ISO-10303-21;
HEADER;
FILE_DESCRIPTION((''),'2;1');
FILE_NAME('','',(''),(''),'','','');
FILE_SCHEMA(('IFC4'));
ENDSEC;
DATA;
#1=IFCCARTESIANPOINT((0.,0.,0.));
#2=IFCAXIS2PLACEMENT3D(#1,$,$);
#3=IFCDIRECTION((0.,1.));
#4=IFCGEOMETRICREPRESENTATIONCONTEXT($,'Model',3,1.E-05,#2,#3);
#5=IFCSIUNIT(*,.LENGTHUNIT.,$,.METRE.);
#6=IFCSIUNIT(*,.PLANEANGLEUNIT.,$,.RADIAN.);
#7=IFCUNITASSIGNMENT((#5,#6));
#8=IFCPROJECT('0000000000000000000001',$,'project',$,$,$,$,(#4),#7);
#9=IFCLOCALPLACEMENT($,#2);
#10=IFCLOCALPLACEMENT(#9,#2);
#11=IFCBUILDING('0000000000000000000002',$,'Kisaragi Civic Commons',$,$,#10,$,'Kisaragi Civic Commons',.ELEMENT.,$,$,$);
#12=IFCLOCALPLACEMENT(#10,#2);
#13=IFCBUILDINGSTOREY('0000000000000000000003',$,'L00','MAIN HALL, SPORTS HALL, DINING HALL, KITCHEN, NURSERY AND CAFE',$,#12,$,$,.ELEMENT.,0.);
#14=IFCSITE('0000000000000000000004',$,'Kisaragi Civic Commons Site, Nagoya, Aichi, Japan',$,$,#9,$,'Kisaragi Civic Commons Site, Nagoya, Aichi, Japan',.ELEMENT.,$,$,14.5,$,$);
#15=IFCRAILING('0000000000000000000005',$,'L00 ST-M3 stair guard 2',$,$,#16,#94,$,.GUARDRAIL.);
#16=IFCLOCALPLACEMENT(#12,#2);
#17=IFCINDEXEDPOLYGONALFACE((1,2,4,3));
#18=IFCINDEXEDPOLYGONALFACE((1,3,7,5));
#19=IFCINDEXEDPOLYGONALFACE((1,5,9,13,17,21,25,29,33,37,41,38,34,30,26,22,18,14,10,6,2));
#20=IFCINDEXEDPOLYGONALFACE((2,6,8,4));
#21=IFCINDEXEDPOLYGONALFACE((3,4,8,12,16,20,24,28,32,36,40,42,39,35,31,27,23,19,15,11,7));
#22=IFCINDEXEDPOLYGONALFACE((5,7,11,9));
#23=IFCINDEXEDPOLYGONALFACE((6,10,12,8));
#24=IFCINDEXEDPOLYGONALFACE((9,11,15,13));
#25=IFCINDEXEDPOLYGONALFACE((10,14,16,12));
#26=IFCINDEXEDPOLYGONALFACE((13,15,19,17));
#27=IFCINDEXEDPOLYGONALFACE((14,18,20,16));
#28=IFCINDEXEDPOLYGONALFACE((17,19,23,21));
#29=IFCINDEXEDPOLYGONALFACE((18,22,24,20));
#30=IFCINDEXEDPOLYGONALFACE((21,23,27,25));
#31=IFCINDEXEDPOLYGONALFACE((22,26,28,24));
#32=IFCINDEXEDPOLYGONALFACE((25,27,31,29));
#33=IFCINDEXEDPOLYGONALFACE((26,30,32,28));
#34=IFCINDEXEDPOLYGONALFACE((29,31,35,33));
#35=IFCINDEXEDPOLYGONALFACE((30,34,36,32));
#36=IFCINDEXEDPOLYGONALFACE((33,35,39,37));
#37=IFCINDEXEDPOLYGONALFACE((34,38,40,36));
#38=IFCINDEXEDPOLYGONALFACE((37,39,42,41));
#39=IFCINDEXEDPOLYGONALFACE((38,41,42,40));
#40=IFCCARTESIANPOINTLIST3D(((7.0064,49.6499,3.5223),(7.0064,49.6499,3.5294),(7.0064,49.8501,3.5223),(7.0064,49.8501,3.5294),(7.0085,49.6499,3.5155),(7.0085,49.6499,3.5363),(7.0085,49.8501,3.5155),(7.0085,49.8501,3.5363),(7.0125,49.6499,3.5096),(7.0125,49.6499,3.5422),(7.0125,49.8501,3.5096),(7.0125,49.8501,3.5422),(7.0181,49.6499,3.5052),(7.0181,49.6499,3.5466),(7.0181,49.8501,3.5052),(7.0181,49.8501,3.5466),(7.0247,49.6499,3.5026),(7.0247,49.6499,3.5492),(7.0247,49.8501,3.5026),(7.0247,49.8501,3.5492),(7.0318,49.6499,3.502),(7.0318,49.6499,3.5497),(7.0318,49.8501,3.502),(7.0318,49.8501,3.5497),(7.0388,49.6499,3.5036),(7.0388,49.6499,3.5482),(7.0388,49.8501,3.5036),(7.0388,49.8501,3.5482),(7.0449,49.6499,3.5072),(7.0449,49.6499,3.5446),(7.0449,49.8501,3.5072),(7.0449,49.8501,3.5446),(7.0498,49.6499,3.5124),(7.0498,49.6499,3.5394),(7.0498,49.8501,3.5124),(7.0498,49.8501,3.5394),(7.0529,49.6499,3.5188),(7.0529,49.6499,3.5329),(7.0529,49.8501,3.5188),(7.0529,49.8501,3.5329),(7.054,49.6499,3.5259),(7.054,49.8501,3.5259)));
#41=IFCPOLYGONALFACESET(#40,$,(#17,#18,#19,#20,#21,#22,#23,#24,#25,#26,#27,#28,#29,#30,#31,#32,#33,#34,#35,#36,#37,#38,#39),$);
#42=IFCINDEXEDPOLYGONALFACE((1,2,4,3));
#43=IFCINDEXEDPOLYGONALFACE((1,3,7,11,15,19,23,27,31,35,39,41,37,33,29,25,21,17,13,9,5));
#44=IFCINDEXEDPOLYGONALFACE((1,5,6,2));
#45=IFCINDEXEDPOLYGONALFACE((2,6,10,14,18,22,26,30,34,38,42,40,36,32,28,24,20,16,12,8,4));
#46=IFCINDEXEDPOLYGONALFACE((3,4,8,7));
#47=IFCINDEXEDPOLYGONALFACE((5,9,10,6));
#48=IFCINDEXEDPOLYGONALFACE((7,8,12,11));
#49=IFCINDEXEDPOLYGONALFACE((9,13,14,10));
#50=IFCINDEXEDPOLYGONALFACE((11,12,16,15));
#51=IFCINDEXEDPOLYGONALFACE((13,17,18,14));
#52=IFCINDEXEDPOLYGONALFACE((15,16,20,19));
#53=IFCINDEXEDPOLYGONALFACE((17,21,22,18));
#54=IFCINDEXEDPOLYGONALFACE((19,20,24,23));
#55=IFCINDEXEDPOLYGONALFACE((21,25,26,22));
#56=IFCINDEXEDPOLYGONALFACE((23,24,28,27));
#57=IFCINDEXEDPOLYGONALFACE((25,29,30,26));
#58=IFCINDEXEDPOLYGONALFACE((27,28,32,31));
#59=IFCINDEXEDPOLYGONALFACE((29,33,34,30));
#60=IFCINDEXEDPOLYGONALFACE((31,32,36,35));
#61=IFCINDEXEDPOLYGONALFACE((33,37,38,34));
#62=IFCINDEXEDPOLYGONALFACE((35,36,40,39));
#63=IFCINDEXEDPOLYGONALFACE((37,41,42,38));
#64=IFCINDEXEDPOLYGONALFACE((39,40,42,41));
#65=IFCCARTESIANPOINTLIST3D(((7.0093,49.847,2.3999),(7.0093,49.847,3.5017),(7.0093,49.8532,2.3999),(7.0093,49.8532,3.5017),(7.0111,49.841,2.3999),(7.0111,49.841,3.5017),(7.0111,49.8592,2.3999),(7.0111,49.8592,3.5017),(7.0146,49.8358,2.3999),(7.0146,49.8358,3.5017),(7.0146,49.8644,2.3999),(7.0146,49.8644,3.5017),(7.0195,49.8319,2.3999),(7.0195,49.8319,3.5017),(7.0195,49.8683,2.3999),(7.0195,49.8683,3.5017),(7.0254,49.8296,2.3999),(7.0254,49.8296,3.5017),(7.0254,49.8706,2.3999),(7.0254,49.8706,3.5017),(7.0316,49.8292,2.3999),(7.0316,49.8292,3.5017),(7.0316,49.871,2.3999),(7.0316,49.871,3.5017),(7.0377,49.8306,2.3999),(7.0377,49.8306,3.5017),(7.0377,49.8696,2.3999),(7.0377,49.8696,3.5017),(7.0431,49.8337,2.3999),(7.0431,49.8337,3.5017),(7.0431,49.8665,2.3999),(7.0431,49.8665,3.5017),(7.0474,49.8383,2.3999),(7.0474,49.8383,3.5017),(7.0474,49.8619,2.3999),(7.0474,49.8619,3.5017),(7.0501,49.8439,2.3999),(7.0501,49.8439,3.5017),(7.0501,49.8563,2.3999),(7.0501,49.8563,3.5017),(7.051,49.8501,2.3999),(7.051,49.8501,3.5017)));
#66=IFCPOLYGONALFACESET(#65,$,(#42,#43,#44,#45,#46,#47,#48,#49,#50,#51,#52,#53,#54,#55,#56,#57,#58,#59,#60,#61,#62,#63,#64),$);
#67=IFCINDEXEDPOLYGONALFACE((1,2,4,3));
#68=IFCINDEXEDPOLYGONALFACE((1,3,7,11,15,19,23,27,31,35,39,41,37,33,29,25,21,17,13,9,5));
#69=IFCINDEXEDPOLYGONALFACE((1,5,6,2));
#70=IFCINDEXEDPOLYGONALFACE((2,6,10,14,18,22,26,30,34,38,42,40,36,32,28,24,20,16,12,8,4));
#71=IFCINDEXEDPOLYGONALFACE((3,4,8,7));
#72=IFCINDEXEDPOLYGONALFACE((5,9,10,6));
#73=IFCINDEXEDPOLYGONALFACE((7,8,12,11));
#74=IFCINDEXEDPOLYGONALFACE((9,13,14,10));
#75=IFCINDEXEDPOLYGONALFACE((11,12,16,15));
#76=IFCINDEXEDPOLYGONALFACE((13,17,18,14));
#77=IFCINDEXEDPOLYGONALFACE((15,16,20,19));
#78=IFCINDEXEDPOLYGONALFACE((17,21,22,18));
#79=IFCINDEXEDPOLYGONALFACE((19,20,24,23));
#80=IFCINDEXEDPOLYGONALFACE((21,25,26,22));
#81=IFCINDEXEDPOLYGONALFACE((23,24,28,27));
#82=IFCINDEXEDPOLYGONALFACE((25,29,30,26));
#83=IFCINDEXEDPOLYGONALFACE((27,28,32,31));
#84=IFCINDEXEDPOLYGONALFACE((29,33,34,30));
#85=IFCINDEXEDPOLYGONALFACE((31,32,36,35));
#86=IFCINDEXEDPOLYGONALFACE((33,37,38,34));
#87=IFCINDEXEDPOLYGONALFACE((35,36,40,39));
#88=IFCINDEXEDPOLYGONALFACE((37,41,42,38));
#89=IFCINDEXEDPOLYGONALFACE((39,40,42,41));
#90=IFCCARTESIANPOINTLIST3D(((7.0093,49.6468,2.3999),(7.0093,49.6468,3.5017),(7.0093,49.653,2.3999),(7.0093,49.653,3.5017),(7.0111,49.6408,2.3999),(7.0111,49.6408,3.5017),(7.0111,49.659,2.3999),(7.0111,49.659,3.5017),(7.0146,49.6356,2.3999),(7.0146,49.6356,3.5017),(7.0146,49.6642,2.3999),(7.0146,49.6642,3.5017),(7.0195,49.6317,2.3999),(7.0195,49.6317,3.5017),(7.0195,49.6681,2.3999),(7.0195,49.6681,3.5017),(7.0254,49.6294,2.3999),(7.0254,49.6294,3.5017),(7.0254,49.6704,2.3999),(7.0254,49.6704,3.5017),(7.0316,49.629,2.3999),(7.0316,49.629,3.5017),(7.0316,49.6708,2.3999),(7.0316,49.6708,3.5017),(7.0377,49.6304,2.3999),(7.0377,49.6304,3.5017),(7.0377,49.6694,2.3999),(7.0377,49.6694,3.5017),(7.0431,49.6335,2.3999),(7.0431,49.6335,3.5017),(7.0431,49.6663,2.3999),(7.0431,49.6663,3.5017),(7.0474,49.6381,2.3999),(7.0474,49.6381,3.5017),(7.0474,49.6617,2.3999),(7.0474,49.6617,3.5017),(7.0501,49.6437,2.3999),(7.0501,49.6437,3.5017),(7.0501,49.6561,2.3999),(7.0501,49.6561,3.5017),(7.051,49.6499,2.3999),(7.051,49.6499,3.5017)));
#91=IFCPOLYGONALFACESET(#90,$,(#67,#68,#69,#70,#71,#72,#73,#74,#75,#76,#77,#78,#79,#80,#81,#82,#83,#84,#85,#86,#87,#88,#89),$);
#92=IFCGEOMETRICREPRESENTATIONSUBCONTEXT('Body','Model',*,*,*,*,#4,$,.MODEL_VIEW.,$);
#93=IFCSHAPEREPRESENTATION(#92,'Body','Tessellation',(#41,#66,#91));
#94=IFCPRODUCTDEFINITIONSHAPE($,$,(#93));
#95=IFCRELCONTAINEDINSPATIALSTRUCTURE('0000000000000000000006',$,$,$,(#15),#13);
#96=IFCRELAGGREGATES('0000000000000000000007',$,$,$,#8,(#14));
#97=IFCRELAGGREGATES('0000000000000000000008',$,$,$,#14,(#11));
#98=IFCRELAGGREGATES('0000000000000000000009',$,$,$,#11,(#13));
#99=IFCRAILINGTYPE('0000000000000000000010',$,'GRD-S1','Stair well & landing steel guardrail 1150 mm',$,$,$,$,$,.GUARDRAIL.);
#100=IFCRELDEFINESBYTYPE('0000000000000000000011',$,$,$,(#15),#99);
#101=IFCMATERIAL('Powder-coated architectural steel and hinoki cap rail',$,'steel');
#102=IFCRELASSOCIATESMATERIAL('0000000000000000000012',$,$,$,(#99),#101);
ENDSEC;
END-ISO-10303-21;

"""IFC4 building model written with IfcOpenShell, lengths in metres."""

from ifc_helpers import new_model, si_unit, direction, frame, origin, origin_2d, place, context, subcontext, project, spatial, circle, extrude, material, type_object, element, save


model = new_model("IFC4")

# Units and contexts
model_context = context("Model", 3, precision=1e-05, world=origin(), true_north=direction((0.0, 1.0)))
body_context = subcontext(model_context, "Body", "Model", "MODEL_VIEW")
ifc_project = project(units=[si_unit("LENGTHUNIT", "METRE"), si_unit("PLANEANGLEUNIT", "RADIAN")], contexts=[model_context])

# Site, building, storey
site_placement = place(None, origin())
site = spatial("IfcSite", under=ifc_project, at=site_placement, Name="Kisaragi Civic Commons Site, Nagoya, Aichi, Japan", LongName="Kisaragi Civic Commons Site, Nagoya, Aichi, Japan", CompositionType="ELEMENT", RefElevation=14.5)
building_placement = place(site_placement, origin())
building = spatial("IfcBuilding", under=site, at=building_placement, Name="Kisaragi Civic Commons", LongName="Kisaragi Civic Commons", CompositionType="ELEMENT")
storey_placement = place(building_placement, origin())
storey = spatial("IfcBuildingStorey", under=building, at=storey_placement, Name="L00", Description="MAIN HALL, SPORTS HALL, DINING HALL, KITCHEN, NURSERY AND CAFE", CompositionType="ELEMENT", Elevation=0.0)

# Railing
ifc_material_1 = material(Name="Powder-coated architectural steel and hinoki cap rail", Category="steel")
railing_type_1 = type_object("IfcRailingType", Name="GRD-S1", Description="Stair well & landing steel guardrail 1150 mm", PredefinedType="GUARDRAIL", material=ifc_material_1)
railing_1_placement = place(storey_placement, frame((7.03, 49.8501, 2.3999)))
element("IfcRailing", 1, at=railing_1_placement, inside=storey, type_object=railing_type_1, Name="L00 ST-M3 stair guard 2", PredefinedType="GUARDRAIL", context=body_context, shape_type="SweptSolid", body=[
    extrude(circle(Radius=0.0239, at=origin_2d()), frame((0.0, 0.0, 1.126), z_axis=(0.0, -1.0, 0.0), x_axis=(1.0, 0.0, 0.0)), (0.0, 0.0, 1.0), 0.2002),
    extrude(circle(Radius=0.021, at=origin_2d()), origin(), (0.0, 0.0, 1.0), 1.1018),
    extrude(circle(Radius=0.021, at=origin_2d()), frame((0.0, -0.2002, 0.0)), (0.0, 0.0, 1.0), 1.1018),
])

save(model, "model.ifc")
